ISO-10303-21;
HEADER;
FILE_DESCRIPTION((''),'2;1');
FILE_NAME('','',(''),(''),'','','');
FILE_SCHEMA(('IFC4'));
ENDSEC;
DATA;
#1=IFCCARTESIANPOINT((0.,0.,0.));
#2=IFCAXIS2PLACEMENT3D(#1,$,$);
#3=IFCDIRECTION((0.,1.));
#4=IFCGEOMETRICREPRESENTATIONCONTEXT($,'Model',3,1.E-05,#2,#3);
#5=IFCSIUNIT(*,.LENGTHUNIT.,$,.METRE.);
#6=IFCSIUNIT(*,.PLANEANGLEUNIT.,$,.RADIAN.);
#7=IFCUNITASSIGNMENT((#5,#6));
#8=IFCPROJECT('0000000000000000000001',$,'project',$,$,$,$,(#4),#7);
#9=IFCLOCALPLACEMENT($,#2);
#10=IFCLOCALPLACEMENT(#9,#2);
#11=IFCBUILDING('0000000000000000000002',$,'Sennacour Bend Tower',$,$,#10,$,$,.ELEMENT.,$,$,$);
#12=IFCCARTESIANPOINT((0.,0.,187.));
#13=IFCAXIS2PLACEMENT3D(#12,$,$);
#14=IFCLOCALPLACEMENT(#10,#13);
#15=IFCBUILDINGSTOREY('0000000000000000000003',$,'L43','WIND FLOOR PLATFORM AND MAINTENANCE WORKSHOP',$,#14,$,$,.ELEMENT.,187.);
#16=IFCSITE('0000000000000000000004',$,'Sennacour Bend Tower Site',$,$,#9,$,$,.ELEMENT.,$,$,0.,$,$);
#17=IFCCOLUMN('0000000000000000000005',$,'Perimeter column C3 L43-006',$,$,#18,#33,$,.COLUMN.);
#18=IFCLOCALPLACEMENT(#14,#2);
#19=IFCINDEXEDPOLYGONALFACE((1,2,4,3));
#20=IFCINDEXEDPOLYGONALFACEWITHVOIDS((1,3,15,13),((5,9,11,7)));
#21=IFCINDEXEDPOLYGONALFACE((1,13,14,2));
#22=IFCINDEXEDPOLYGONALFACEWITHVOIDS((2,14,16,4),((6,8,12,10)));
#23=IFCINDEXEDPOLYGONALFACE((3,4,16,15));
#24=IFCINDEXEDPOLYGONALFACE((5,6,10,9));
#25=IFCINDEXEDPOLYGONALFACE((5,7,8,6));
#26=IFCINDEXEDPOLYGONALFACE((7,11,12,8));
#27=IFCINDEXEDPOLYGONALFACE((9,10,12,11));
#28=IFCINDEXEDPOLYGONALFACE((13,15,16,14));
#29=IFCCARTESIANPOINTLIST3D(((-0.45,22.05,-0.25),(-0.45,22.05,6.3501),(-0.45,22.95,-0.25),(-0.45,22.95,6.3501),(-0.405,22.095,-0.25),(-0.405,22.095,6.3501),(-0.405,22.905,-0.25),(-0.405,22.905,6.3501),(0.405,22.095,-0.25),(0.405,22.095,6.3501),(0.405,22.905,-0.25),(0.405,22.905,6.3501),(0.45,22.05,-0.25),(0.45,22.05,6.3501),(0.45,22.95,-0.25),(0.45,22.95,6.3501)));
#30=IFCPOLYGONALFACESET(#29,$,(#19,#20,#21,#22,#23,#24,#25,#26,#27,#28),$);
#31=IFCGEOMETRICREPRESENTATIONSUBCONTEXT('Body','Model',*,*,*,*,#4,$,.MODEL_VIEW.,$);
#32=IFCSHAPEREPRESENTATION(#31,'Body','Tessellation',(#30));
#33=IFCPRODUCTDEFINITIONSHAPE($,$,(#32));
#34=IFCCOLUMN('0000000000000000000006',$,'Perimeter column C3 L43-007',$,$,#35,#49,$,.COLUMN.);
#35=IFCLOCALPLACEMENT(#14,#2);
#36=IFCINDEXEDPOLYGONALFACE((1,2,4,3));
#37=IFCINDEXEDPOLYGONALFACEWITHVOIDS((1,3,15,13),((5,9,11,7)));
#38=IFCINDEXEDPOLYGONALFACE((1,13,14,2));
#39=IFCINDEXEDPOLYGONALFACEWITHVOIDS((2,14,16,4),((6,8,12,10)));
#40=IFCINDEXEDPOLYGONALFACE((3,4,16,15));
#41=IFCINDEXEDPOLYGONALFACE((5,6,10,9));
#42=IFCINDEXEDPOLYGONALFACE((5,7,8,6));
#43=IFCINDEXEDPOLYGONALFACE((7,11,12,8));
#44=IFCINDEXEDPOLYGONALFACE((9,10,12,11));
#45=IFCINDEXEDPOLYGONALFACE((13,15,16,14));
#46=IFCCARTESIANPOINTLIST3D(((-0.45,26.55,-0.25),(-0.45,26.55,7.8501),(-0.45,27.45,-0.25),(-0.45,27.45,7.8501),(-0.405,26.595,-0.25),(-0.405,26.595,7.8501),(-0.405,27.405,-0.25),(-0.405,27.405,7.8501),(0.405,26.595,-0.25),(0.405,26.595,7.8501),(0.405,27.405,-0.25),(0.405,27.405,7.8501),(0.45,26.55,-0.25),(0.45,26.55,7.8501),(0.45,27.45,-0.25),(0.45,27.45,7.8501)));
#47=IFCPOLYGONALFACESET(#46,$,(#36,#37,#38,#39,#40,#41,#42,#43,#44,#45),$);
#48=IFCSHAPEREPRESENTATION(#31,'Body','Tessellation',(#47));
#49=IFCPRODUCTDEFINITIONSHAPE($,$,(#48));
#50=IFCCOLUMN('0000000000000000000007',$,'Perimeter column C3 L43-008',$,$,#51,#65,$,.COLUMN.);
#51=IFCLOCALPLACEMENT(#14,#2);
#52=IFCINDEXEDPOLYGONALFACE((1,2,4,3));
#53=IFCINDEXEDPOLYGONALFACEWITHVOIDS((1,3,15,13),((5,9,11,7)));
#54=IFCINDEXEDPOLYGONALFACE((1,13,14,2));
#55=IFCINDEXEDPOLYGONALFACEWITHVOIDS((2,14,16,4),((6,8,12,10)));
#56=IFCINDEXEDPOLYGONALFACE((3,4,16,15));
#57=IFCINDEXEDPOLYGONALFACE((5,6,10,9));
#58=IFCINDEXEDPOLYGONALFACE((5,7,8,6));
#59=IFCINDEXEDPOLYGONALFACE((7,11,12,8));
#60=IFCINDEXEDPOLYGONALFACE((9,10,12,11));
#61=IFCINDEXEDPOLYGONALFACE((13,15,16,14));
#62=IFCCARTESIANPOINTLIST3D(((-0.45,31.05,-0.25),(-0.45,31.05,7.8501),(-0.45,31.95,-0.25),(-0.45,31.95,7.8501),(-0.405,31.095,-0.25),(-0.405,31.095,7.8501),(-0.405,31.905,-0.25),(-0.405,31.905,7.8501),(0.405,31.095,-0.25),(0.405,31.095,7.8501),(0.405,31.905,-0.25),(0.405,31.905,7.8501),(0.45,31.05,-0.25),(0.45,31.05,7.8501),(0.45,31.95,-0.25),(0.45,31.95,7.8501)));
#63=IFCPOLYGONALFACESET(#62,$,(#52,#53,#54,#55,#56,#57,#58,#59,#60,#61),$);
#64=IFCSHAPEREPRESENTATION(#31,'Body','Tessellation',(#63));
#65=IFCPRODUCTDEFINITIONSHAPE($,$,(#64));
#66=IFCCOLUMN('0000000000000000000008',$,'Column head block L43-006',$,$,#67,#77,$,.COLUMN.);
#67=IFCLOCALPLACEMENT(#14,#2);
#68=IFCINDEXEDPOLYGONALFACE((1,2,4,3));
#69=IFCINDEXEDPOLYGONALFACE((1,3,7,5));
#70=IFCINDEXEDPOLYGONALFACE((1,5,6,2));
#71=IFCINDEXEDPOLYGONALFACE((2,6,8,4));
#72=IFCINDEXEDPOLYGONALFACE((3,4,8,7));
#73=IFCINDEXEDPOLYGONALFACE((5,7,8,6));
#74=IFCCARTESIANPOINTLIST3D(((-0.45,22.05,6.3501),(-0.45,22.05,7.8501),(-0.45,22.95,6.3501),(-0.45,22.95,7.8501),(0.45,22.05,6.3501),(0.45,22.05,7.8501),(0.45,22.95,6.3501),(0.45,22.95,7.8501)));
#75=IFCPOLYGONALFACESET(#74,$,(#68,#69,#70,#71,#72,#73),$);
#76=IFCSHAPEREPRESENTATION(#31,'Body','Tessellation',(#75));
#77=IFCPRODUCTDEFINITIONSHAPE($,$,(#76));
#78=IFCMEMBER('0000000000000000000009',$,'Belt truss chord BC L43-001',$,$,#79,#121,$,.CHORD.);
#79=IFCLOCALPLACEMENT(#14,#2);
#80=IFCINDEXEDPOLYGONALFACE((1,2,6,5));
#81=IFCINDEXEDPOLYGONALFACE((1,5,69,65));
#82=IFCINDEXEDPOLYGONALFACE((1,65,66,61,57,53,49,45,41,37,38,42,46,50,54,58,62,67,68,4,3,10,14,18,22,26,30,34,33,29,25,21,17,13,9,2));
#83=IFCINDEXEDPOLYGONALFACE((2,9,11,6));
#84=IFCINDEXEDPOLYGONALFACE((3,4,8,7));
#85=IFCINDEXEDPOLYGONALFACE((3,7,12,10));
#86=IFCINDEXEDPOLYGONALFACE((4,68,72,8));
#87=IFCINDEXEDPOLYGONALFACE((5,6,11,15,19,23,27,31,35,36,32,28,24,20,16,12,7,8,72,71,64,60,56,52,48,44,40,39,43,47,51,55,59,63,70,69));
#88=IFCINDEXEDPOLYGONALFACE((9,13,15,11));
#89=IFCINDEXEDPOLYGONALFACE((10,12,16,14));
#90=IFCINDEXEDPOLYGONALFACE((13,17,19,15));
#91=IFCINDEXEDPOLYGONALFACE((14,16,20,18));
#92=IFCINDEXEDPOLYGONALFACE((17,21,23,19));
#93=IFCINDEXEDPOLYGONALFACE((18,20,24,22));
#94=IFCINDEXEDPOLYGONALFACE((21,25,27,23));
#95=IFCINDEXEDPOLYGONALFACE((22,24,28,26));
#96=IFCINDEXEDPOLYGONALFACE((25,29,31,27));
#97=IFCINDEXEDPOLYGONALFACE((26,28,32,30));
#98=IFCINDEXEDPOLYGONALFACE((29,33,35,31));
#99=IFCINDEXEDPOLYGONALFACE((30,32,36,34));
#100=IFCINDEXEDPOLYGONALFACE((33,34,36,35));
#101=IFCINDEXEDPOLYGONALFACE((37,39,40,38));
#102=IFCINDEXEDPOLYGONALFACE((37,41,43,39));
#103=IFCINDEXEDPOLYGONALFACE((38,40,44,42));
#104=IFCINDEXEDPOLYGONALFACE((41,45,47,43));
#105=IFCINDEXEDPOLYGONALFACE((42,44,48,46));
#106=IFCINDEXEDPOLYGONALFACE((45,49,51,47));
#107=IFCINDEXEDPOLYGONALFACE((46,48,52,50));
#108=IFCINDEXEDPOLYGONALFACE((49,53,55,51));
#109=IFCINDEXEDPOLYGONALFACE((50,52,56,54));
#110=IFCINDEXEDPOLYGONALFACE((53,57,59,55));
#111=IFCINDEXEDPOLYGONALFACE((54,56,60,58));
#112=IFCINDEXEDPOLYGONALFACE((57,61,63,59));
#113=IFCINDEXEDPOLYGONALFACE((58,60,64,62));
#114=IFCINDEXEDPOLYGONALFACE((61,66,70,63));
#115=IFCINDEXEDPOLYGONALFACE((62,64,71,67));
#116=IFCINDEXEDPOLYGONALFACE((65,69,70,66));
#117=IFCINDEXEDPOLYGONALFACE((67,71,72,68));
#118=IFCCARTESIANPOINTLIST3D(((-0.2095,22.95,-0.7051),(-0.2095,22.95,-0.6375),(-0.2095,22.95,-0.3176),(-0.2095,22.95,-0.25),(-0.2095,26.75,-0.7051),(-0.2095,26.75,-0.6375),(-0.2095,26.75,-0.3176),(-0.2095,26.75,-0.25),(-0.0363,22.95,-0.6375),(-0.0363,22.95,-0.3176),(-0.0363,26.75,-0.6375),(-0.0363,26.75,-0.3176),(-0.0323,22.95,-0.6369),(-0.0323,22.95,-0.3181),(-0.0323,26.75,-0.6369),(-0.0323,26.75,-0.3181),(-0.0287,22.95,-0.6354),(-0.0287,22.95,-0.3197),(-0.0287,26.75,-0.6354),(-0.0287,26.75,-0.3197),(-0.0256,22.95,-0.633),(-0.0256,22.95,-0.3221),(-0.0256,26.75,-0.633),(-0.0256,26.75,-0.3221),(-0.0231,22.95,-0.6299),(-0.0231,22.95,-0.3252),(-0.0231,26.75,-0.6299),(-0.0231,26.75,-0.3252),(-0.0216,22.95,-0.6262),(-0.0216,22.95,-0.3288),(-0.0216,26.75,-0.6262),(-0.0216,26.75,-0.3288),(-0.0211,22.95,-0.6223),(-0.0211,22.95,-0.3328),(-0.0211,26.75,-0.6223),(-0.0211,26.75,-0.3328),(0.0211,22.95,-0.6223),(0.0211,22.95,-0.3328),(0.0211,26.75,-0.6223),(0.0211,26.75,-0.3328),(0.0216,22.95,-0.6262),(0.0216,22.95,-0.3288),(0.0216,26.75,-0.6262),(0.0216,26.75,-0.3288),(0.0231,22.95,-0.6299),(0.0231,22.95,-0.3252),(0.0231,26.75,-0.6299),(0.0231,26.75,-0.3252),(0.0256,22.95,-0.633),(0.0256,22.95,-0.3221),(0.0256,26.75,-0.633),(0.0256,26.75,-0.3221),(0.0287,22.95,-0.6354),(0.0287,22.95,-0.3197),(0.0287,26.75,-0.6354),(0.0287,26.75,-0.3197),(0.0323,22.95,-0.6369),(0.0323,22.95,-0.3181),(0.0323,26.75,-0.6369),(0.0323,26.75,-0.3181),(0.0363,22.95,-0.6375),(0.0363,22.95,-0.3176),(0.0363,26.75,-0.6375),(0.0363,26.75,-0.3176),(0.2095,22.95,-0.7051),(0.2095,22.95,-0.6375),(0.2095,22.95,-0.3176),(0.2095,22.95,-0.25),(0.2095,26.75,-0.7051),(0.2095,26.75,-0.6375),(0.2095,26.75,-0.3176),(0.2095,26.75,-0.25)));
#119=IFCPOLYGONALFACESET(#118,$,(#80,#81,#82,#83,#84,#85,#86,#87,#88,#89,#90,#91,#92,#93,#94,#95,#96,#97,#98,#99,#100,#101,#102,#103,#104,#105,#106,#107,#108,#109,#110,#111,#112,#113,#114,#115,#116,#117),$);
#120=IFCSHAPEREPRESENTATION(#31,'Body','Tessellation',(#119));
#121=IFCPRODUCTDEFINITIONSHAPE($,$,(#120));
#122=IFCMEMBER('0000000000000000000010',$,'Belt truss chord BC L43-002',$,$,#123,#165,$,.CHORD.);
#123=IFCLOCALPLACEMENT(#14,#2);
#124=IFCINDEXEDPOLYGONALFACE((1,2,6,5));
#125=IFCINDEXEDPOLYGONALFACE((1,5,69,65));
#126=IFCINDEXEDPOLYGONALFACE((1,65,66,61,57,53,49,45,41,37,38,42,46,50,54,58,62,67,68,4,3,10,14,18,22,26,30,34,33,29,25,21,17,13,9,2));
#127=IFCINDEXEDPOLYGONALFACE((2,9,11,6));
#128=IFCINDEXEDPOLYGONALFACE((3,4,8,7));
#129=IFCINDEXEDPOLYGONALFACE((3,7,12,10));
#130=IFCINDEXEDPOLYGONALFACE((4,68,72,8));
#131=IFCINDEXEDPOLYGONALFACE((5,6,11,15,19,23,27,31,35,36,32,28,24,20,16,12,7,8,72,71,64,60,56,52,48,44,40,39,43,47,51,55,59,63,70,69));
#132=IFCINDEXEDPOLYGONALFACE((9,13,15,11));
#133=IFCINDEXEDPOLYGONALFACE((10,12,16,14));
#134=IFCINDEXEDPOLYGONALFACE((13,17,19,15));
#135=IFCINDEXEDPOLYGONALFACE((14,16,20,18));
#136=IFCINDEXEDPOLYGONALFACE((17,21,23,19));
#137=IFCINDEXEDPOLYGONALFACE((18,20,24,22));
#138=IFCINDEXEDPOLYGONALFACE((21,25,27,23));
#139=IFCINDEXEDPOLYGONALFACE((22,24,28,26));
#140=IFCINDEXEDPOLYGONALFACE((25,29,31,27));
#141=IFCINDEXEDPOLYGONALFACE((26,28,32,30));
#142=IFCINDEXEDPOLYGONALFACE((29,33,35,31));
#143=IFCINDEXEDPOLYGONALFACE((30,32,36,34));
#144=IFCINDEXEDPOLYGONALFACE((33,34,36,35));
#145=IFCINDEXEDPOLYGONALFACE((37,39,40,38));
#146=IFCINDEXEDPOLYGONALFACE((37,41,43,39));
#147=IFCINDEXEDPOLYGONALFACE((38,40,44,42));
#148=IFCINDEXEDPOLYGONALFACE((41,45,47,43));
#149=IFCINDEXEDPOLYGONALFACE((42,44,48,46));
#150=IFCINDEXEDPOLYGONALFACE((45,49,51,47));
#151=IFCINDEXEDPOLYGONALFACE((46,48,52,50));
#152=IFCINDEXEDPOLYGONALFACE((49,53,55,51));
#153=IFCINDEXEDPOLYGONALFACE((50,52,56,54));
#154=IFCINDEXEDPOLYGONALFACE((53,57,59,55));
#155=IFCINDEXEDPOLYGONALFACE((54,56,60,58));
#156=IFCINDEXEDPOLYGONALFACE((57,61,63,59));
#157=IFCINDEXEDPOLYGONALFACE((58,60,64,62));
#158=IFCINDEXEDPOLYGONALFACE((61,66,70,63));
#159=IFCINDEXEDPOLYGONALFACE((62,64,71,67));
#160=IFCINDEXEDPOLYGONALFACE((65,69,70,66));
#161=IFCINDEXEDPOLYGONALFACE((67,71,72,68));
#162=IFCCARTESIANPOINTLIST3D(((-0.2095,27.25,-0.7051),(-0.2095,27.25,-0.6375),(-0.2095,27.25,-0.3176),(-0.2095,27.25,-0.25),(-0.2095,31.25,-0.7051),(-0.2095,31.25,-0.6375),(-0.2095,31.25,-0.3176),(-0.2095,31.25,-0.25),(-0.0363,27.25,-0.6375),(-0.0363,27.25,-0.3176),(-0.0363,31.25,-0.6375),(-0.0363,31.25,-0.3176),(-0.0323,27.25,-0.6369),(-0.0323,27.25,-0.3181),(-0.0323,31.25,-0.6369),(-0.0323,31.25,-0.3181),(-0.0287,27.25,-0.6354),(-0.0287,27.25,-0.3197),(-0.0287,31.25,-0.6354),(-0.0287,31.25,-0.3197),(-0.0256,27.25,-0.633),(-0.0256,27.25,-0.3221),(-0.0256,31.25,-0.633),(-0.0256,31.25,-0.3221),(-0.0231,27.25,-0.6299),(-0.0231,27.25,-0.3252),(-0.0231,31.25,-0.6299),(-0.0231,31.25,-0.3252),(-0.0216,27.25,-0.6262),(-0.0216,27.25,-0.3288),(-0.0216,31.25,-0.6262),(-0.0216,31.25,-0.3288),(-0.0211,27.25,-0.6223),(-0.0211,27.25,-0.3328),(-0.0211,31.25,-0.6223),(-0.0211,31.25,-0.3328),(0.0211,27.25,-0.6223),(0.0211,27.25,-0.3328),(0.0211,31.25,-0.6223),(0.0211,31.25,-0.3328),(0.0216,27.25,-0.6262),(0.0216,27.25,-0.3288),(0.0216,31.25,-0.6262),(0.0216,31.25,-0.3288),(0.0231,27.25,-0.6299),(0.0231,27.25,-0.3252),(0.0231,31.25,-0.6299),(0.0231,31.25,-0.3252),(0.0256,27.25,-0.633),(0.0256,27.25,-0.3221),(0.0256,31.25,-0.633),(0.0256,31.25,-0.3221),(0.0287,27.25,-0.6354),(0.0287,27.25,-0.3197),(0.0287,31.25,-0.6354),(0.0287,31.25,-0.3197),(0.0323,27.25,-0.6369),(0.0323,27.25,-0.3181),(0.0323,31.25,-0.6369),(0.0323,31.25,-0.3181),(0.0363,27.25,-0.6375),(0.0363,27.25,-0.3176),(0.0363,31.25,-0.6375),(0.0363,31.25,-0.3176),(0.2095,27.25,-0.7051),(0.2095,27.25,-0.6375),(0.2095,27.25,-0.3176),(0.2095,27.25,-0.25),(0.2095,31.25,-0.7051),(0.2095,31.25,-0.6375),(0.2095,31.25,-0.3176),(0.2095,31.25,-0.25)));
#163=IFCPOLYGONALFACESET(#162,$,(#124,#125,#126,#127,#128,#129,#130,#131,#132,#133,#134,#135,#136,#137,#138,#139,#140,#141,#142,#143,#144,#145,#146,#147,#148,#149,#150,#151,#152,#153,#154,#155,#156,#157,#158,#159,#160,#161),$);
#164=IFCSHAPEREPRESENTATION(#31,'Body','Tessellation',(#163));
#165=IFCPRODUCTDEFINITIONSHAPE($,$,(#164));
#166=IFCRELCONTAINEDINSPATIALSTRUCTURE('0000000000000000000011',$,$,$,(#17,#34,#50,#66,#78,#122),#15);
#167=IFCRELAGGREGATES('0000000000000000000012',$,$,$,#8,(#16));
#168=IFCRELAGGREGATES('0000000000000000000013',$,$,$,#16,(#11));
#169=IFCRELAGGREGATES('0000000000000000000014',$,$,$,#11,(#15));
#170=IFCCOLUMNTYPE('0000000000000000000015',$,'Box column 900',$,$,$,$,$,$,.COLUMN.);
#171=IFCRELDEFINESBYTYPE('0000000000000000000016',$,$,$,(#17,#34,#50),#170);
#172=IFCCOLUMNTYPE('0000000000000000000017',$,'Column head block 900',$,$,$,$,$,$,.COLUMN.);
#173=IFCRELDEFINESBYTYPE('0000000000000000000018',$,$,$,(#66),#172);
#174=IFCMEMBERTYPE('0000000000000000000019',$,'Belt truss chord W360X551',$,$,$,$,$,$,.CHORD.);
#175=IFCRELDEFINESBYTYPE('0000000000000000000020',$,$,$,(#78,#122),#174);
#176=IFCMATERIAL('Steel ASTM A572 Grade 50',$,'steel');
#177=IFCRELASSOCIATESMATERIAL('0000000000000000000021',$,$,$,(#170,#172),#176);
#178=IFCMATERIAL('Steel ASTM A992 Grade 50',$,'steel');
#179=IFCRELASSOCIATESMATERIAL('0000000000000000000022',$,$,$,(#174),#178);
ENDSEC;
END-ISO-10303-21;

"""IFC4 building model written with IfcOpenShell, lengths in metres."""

from ifc_helpers import new_model, si_unit, direction, frame, origin, origin_2d, place, context, subcontext, project, spatial, rectangle, hollow_rectangle, i_section, extrude, material, material_profile, profile_set, type_object, element, save


model = new_model("IFC4")

# Units and contexts
model_context = context("Model", 3, precision=1e-05, world=origin(), true_north=direction((0.0, 1.0)))
body_context = subcontext(model_context, "Body", "Model", "MODEL_VIEW")
ifc_project = project(units=[si_unit("LENGTHUNIT", "METRE"), si_unit("PLANEANGLEUNIT", "RADIAN")], contexts=[model_context])

# Site, building, storey
site_placement = place(None, origin())
site = spatial("IfcSite", under=ifc_project, at=site_placement, Name="Sennacour Bend Tower Site", CompositionType="ELEMENT", RefElevation=0.0)
building_placement = place(site_placement, origin())
building = spatial("IfcBuilding", under=site, at=building_placement, Name="Sennacour Bend Tower", CompositionType="ELEMENT")
storey_placement = place(building_placement, frame((0.0, 0.0, 187.0)))
storey = spatial("IfcBuildingStorey", under=building, at=storey_placement, Name="L43", Description="WIND FLOOR PLATFORM AND MAINTENANCE WORKSHOP", CompositionType="ELEMENT", Elevation=187.0)

# Columns
ifc_material_1 = material(Name="Steel ASTM A572 Grade 50", Category="steel")
ifc_material_profile_1 = material_profile(ifc_material_1, hollow_rectangle(XDim=0.8999, YDim=0.8999, WallThickness=0.0449, at=origin_2d()), Name="Steel ASTM A572 Grade 50", Category="steel")
ifc_profile_set_1 = profile_set([ifc_material_profile_1], Name="Steel ASTM A572 Grade 50")
column_type_1 = type_object("IfcColumnType", Name="Box column 900", PredefinedType="COLUMN", material=ifc_profile_set_1)
column_1_placement = place(storey_placement, frame((0.0, 22.5, -0.25), z_axis=(0.0, 0.0, 1.0), x_axis=(1.0, 0.0, 0.0)))
element("IfcColumn", 1, at=column_1_placement, inside=storey, type_object=column_type_1, Name="Perimeter column C3 L43-006", PredefinedType="COLUMN", context=body_context, shape_type="SweptSolid", body=[
    extrude(hollow_rectangle(XDim=0.8999, YDim=0.8999, WallThickness=0.0449, at=origin_2d()), origin(), (0.0, 0.0, 1.0), 6.6001),
])
for number, where, z_axis, x_axis, name in (
    (2, (0.0, 27.0, -0.25), (0.0, 0.0, 1.0), (1.0, 0.0, 0.0), "Perimeter column C3 L43-007"),
    (3, (0.0, 31.5, -0.25), (0.0, 0.0, 1.0), (1.0, 0.0, 0.0), "Perimeter column C3 L43-008"),
):
    element("IfcColumn", number, at=place(storey_placement, frame(where, z_axis=z_axis, x_axis=x_axis)), inside=storey, type_object=column_type_1, Name=name, PredefinedType="COLUMN", context=body_context, shape_type="SweptSolid", body=[
        extrude(hollow_rectangle(XDim=0.8999, YDim=0.8999, WallThickness=0.0449, at=origin_2d()), origin(), (0.0, 0.0, 1.0), 8.1001),
    ])
ifc_material_profile_2 = material_profile(ifc_material_1, rectangle(XDim=0.8999, YDim=0.8999, at=origin_2d()), Name="Steel ASTM A572 Grade 50", Category="steel")
ifc_profile_set_2 = profile_set([ifc_material_profile_2], Name="Steel ASTM A572 Grade 50")
column_type_2 = type_object("IfcColumnType", Name="Column head block 900", PredefinedType="COLUMN", material=ifc_profile_set_2)
column_2_placement = place(storey_placement, frame((0.0, 22.5, 6.3501), z_axis=(0.0, 0.0, 1.0), x_axis=(1.0, 0.0, 0.0)))
element("IfcColumn", 4, at=column_2_placement, inside=storey, type_object=column_type_2, Name="Column head block L43-006", PredefinedType="COLUMN", context=body_context, shape_type="SweptSolid", body=[
    extrude(rectangle(XDim=0.8999, YDim=0.8999, at=origin_2d()), origin(), (0.0, 0.0, 1.0), 1.5),
])

# Members
ifc_material_2 = material(Name="Steel ASTM A992 Grade 50", Category="steel")
ifc_material_profile_3 = material_profile(ifc_material_2, i_section(OverallWidth=0.4189, OverallDepth=0.4551, WebThickness=0.0422, FlangeThickness=0.0676, FilletRadius=0.0151, at=origin_2d()), Name="Steel ASTM A992 Grade 50", Category="steel")
ifc_profile_set_3 = profile_set([ifc_material_profile_3], Name="Steel ASTM A992 Grade 50")
member_type_1 = type_object("IfcMemberType", Name="Belt truss chord W360X551", PredefinedType="CHORD", material=ifc_profile_set_3)
member_1_placement = place(storey_placement, frame((0.0, 22.95, -0.4775), z_axis=(0.0, 1.0, 0.0), x_axis=(-1.0, 0.0, 0.0)))
element("IfcMember", 5, at=member_1_placement, inside=storey, type_object=member_type_1, Name="Belt truss chord BC L43-001", PredefinedType="CHORD", context=body_context, shape_type="SweptSolid", body=[
    extrude(i_section(OverallWidth=0.4189, OverallDepth=0.4551, WebThickness=0.0422, FlangeThickness=0.0676, FilletRadius=0.0151, at=origin_2d()), origin(), (0.0, 0.0, 1.0), 3.8),
])
member_2_placement = place(storey_placement, frame((0.0, 27.25, -0.4775), z_axis=(0.0, 1.0, 0.0), x_axis=(-1.0, 0.0, 0.0)))
element("IfcMember", 6, at=member_2_placement, inside=storey, type_object=member_type_1, Name="Belt truss chord BC L43-002", PredefinedType="CHORD", context=body_context, shape_type="SweptSolid", body=[
    extrude(i_section(OverallWidth=0.4189, OverallDepth=0.4551, WebThickness=0.0422, FlangeThickness=0.0676, FilletRadius=0.0151, at=origin_2d()), origin(), (0.0, 0.0, 1.0), 4.0),
])

save(model, "model.ifc")
